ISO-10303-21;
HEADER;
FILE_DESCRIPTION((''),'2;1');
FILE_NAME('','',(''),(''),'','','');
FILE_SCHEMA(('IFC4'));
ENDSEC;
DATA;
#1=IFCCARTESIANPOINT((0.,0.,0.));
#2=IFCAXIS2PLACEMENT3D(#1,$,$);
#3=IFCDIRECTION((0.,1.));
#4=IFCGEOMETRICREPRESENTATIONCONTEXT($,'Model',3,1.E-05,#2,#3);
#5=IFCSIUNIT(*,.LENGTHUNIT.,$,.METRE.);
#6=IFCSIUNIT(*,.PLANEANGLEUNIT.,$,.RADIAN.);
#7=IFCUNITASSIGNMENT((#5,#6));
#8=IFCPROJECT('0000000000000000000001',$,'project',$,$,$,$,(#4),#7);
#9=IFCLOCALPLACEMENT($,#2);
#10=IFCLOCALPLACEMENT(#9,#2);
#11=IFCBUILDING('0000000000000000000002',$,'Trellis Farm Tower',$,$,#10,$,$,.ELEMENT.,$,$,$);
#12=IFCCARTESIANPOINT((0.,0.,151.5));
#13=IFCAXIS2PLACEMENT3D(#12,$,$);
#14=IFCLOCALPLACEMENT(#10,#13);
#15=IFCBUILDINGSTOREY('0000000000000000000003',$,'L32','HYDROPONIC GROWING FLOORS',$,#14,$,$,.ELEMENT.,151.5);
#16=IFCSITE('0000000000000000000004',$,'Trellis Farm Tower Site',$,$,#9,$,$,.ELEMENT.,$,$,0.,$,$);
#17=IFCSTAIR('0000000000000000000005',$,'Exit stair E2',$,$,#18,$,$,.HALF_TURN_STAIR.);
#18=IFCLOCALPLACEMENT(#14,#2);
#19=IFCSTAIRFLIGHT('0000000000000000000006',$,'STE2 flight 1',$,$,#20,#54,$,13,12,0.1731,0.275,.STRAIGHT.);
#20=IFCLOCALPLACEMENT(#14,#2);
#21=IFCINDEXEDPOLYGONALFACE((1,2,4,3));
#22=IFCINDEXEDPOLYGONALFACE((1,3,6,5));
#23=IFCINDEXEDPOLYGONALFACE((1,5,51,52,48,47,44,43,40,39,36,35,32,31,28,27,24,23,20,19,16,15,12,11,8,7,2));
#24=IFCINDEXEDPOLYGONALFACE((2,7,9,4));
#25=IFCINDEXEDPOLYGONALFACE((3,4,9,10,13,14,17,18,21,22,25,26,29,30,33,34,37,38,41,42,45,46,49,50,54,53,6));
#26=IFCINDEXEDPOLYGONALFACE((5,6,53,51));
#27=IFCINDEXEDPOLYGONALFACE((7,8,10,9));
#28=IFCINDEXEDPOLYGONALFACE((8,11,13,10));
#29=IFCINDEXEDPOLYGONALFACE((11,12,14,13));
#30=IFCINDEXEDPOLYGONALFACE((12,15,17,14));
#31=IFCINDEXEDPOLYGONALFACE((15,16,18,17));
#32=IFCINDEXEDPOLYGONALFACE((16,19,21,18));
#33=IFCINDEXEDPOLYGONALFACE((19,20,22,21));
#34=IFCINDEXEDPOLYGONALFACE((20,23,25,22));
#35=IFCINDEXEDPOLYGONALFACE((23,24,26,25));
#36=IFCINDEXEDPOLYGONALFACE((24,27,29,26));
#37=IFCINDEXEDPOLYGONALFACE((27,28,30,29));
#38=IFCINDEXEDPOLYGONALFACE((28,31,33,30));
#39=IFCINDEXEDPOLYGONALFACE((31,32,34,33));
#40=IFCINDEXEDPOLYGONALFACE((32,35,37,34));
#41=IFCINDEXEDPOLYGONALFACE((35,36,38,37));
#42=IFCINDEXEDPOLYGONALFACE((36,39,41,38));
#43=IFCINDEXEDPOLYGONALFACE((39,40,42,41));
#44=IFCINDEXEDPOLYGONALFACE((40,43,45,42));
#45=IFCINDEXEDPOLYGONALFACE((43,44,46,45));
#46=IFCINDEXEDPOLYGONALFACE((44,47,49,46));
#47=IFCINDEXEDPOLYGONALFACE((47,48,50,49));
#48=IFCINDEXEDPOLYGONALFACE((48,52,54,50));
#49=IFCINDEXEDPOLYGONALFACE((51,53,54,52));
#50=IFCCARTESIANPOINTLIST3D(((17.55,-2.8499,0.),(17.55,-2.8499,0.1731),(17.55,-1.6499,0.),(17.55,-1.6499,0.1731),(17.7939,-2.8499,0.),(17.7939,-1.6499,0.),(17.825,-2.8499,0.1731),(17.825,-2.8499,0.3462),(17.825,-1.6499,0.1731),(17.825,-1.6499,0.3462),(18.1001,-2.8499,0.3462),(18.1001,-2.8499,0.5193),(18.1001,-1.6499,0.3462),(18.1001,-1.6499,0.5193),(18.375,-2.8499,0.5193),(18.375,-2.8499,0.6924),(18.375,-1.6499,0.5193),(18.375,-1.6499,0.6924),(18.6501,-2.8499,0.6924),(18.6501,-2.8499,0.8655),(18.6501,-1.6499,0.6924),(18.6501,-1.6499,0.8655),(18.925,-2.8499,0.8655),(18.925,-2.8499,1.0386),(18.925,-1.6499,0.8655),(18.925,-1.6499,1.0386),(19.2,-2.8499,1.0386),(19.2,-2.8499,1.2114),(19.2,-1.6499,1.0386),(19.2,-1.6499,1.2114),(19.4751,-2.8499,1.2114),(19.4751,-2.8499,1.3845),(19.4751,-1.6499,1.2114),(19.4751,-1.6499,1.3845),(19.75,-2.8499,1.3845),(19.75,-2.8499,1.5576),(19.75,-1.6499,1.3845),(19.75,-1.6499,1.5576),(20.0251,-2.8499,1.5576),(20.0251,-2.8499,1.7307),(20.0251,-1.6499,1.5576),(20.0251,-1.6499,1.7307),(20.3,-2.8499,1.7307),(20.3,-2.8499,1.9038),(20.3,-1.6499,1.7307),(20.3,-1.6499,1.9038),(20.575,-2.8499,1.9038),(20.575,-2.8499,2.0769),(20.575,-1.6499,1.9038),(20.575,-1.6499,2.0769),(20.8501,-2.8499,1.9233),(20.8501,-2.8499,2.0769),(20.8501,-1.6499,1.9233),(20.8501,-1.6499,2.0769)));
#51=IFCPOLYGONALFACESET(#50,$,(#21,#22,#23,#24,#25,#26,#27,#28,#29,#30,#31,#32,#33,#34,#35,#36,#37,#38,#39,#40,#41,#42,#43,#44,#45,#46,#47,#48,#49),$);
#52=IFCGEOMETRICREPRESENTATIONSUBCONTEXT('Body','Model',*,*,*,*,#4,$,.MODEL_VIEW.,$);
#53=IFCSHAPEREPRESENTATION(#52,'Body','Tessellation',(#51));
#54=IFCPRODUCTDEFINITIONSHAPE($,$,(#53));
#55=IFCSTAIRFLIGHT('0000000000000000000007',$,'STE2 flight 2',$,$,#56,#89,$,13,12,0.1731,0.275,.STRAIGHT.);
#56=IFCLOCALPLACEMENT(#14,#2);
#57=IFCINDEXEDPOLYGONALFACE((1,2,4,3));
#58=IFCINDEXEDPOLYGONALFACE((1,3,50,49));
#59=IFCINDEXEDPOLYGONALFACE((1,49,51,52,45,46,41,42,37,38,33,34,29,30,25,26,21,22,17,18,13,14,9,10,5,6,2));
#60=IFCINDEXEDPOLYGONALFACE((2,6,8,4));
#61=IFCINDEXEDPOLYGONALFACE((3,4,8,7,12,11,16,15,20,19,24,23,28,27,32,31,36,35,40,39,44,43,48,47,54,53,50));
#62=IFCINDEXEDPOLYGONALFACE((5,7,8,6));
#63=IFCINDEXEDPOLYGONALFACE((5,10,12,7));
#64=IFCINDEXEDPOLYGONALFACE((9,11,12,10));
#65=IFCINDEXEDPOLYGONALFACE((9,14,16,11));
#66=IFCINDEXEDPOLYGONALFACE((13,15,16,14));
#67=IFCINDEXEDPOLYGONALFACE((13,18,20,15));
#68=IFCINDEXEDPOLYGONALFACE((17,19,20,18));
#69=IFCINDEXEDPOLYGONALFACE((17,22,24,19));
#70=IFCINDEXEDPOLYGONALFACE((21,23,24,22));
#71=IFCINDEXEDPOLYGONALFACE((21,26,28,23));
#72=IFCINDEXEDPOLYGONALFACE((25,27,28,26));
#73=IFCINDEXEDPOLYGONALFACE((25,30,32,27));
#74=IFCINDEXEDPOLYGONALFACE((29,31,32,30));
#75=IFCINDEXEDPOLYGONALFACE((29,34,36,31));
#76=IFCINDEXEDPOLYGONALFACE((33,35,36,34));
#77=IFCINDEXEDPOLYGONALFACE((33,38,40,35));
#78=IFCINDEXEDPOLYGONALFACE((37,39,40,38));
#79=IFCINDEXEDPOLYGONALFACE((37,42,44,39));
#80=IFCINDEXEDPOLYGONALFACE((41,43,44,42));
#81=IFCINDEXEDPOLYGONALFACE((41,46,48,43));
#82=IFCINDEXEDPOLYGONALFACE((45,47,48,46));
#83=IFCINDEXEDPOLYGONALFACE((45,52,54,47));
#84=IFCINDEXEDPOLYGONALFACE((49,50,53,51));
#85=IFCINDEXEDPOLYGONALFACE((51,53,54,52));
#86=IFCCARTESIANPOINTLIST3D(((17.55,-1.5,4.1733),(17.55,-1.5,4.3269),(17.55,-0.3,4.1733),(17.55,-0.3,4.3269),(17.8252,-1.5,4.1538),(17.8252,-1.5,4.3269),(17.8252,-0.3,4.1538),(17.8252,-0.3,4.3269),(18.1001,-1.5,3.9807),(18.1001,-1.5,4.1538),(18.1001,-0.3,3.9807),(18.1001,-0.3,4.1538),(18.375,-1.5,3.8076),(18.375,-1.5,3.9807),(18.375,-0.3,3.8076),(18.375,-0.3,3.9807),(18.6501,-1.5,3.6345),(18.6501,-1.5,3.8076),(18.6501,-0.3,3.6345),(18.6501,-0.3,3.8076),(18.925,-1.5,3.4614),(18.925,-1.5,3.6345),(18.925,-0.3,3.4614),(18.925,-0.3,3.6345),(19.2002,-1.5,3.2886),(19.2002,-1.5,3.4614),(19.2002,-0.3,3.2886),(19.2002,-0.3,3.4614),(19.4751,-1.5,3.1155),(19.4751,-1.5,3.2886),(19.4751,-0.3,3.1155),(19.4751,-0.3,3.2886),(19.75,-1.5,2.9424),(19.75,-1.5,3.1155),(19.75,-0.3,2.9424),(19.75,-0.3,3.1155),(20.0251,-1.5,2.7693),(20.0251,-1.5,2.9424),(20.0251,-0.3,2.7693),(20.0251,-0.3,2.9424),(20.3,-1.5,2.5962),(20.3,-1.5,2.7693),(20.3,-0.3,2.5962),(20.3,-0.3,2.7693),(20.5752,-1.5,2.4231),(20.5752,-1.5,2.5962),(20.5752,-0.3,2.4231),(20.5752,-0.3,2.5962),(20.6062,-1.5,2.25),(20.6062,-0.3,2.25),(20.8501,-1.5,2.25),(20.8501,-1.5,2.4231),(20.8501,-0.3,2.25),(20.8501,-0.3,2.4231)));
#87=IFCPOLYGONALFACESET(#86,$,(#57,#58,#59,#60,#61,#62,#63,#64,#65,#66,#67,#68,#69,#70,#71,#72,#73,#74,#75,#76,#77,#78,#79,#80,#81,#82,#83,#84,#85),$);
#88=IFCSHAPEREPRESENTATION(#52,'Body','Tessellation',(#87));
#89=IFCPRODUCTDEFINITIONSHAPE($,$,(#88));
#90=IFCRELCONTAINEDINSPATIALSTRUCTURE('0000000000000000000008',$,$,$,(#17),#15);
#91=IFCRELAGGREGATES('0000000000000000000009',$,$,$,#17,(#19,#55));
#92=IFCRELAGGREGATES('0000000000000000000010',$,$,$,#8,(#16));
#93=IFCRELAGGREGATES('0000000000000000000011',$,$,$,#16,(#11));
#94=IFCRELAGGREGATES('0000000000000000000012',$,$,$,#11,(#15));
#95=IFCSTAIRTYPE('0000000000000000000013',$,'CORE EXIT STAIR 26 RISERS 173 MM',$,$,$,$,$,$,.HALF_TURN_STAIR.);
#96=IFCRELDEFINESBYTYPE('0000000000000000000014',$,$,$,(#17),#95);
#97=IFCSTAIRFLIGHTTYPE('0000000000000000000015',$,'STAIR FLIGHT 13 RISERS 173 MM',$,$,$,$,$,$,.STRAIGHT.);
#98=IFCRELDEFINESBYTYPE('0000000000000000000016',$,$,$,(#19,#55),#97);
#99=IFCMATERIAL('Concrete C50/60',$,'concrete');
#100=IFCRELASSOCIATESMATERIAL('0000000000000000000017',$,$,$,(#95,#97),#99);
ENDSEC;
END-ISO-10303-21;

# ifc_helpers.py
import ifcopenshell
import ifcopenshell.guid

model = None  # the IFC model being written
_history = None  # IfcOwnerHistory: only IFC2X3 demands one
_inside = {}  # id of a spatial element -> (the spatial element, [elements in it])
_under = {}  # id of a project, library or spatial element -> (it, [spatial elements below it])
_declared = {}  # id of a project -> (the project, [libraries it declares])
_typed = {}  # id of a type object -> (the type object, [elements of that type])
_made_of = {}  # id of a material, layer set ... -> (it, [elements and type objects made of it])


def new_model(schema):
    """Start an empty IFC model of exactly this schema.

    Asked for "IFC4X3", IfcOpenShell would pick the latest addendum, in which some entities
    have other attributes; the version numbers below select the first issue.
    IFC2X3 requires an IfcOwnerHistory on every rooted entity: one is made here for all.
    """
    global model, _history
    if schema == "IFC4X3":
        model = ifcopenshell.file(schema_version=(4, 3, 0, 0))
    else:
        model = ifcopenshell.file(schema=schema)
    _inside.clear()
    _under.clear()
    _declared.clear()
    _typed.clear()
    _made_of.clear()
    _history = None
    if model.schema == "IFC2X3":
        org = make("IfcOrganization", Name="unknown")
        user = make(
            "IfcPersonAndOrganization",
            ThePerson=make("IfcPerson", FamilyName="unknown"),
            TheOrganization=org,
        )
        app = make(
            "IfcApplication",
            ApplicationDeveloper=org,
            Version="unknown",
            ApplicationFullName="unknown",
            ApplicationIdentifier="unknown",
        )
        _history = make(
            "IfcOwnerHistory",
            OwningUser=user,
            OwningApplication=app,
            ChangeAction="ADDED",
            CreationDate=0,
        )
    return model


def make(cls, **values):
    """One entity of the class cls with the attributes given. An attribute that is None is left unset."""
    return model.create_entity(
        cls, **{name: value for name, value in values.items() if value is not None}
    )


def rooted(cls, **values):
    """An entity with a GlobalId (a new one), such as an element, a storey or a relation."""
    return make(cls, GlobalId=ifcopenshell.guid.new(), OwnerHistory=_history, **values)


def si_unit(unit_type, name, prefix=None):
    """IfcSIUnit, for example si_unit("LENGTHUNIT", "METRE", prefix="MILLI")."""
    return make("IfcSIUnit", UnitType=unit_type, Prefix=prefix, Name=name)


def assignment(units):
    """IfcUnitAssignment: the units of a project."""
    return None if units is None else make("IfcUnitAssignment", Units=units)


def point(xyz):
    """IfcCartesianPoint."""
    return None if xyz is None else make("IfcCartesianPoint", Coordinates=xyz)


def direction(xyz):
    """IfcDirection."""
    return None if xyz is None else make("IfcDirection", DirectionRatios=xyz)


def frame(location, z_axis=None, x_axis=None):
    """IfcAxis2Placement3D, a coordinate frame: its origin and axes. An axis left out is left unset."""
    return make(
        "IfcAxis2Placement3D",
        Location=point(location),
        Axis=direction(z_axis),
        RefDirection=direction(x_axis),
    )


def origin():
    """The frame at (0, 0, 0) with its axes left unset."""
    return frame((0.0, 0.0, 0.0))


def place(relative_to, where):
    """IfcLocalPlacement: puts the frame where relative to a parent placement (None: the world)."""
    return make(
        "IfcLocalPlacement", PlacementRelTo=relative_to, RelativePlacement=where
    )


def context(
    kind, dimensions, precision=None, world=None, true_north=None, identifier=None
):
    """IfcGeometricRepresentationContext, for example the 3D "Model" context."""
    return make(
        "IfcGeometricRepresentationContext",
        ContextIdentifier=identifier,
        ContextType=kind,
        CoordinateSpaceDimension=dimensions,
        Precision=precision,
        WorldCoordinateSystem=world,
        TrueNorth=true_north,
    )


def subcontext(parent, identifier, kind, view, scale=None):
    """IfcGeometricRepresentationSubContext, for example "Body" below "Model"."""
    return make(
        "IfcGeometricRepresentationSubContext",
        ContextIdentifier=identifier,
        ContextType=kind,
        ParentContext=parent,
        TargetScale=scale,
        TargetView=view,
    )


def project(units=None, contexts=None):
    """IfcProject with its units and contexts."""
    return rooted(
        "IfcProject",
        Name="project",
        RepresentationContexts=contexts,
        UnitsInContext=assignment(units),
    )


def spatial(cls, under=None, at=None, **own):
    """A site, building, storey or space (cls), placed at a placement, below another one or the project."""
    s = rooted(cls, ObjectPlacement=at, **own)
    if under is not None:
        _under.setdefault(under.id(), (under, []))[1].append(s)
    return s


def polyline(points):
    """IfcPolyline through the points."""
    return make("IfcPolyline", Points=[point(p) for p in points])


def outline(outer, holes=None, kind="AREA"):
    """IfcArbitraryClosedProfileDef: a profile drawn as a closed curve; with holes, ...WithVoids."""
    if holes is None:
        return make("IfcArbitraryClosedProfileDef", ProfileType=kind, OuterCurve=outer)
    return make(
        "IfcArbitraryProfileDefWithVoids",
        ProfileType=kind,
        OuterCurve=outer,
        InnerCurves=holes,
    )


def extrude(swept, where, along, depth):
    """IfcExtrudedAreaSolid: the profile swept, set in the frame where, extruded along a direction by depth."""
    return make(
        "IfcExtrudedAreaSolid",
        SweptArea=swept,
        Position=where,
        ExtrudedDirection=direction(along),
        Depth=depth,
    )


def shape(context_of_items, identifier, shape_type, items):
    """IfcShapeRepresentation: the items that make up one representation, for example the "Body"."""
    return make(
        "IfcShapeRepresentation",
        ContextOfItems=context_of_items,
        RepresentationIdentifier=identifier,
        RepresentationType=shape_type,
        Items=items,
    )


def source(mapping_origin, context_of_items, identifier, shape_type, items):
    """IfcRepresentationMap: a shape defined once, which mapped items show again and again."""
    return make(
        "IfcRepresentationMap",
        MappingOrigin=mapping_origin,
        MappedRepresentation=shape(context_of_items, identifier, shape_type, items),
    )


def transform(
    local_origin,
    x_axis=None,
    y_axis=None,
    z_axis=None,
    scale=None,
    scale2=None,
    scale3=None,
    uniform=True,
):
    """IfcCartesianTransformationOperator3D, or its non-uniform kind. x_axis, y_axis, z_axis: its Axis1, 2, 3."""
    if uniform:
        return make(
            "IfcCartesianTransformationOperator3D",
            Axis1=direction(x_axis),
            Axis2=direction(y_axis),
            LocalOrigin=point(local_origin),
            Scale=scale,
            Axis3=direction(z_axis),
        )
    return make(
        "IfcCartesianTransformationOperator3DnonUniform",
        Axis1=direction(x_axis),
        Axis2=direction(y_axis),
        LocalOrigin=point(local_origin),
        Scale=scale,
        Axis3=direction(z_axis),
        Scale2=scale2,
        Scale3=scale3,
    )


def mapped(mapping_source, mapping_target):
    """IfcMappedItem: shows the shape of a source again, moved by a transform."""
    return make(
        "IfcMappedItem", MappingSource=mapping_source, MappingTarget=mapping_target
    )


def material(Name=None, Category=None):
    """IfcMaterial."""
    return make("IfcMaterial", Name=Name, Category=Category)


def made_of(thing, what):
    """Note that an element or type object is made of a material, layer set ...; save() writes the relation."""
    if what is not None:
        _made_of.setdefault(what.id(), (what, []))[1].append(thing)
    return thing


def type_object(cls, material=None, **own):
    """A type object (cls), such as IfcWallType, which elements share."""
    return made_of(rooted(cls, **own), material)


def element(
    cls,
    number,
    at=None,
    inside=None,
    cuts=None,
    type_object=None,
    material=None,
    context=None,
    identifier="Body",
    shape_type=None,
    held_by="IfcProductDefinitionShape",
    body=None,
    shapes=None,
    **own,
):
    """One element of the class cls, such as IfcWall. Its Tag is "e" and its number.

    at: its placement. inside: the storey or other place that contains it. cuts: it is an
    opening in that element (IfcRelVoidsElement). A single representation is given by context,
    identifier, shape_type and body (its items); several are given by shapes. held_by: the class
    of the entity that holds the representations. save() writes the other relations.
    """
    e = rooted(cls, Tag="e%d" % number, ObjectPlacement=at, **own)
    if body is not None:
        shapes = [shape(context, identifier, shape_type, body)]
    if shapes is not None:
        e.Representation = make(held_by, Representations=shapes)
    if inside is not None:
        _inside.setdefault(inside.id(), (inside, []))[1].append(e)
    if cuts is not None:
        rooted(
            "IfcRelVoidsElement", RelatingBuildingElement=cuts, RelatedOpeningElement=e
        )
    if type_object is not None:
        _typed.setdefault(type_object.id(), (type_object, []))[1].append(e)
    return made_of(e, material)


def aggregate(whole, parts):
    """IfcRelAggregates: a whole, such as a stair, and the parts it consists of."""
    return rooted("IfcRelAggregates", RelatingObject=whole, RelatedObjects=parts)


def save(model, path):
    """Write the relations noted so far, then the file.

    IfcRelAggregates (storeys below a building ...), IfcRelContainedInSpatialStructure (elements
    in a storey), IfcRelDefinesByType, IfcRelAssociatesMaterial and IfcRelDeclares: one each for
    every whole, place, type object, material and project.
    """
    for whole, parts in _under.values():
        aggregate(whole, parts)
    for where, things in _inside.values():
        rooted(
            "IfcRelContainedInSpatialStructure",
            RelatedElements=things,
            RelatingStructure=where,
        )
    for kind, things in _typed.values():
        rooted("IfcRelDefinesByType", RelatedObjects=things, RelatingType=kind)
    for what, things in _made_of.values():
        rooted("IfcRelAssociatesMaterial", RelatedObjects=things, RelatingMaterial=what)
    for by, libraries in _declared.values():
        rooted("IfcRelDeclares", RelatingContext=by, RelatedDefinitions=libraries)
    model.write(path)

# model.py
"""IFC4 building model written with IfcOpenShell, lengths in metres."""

from ifc_helpers import new_model, si_unit, direction, frame, origin, place, context, subcontext, project, spatial, polyline, outline, extrude, source, transform, mapped, material, type_object, element, aggregate, save


model = new_model("IFC4")

# Units and contexts
model_context = context("Model", 3, precision=1e-05, world=origin(), true_north=direction((0.0, 1.0)))
body_context = subcontext(model_context, "Body", "Model", "MODEL_VIEW")
ifc_project = project(units=[si_unit("LENGTHUNIT", "METRE"), si_unit("PLANEANGLEUNIT", "RADIAN")], contexts=[model_context])

# Site, building, storey
site_placement = place(None, origin())
site = spatial("IfcSite", under=ifc_project, at=site_placement, Name="Trellis Farm Tower Site", CompositionType="ELEMENT", RefElevation=0.0)
building_placement = place(site_placement, origin())
building = spatial("IfcBuilding", under=site, at=building_placement, Name="Trellis Farm Tower", CompositionType="ELEMENT")
storey_placement = place(building_placement, frame((0.0, 0.0, 151.5)))
storey = spatial("IfcBuildingStorey", under=building, at=storey_placement, Name="L32", Description="HYDROPONIC GROWING FLOORS", CompositionType="ELEMENT", Elevation=151.5)

# Shared definitions
placement = place(storey_placement, origin())

# Stair, stair flights
ifc_material_1 = material(Name="Concrete C50/60", Category="concrete")
stair_type = type_object("IfcStairType", Name="CORE EXIT STAIR 26 RISERS 173 MM", PredefinedType="HALF_TURN_STAIR", material=ifc_material_1)
stair_flight_type = type_object("IfcStairFlightType", Name="STAIR FLIGHT 13 RISERS 173 MM", PredefinedType="STRAIGHT", material=ifc_material_1)
shared_shape_1 = source(origin(), body_context, "Body", "SweptSolid", [
    extrude(outline(polyline([(0.0, 0.0), (0.0, 0.1731), (0.2749, 0.1731), (0.2749, 0.3462), (0.55, 0.3462), (0.55, 0.5193), (0.825, 0.5193), (0.825, 0.6924), (1.1001, 0.6924), (1.1001, 0.8655), (1.375, 0.8655), (1.375, 1.0386), (1.6499, 1.0386), (1.6499, 1.2114), (1.925, 1.2114), (1.925, 1.3845), (2.2, 1.3845), (2.2, 1.5576), (2.4751, 1.5576), (2.4751, 1.7307), (2.75, 1.7307), (2.75, 1.9038), (3.0249, 1.9038), (3.0249, 2.0769), (3.3, 2.0769), (3.3, 2.25), (3.3, 1.9233), (0.2439, 0.0), (0.0, 0.0)])), frame((0.0, 0.6001, 0.0), z_axis=(0.0, -1.0, 0.0), x_axis=(1.0, 0.0, 0.0)), (0.0, 0.0, 1.0), 1.2),
])
stair_1 = element("IfcStair", 1, at=placement, inside=storey, type_object=stair_type, Name="Exit stair E2", PredefinedType="HALF_TURN_STAIR")
stair_flight_1_placement = place(storey_placement, frame((17.55, -2.25, 0.0), z_axis=(0.0, 0.0, 1.0), x_axis=(1.0, 0.0, 0.0)))
stair_flight_1 = element("IfcStairFlight", 2, at=stair_flight_1_placement, type_object=stair_flight_type, Name="STE2 flight 1", NumberOfRisers=13, NumberOfTreads=12, PredefinedType="STRAIGHT", RiserHeight=0.1731, TreadLength=0.275, context=body_context, shape_type="MappedRepresentation", body=[
    mapped(shared_shape_1, transform((0.0, 0.0, 0.0))),
])
stair_flight_2_placement = place(storey_placement, frame((20.8501, -0.8999, 2.25), z_axis=(0.0, 0.0, 1.0), x_axis=(-1.0, 0.0, 0.0)))
stair_flight_2 = element("IfcStairFlight", 3, at=stair_flight_2_placement, type_object=stair_flight_type, Name="STE2 flight 2", NumberOfRisers=13, NumberOfTreads=12, PredefinedType="STRAIGHT", RiserHeight=0.1731, TreadLength=0.275, context=body_context, shape_type="MappedRepresentation", body=[
    mapped(shared_shape_1, transform((0.0, 0.0, 0.0))),
])
aggregate(stair_1, [stair_flight_1, stair_flight_2])

save(model, "model.ifc")
